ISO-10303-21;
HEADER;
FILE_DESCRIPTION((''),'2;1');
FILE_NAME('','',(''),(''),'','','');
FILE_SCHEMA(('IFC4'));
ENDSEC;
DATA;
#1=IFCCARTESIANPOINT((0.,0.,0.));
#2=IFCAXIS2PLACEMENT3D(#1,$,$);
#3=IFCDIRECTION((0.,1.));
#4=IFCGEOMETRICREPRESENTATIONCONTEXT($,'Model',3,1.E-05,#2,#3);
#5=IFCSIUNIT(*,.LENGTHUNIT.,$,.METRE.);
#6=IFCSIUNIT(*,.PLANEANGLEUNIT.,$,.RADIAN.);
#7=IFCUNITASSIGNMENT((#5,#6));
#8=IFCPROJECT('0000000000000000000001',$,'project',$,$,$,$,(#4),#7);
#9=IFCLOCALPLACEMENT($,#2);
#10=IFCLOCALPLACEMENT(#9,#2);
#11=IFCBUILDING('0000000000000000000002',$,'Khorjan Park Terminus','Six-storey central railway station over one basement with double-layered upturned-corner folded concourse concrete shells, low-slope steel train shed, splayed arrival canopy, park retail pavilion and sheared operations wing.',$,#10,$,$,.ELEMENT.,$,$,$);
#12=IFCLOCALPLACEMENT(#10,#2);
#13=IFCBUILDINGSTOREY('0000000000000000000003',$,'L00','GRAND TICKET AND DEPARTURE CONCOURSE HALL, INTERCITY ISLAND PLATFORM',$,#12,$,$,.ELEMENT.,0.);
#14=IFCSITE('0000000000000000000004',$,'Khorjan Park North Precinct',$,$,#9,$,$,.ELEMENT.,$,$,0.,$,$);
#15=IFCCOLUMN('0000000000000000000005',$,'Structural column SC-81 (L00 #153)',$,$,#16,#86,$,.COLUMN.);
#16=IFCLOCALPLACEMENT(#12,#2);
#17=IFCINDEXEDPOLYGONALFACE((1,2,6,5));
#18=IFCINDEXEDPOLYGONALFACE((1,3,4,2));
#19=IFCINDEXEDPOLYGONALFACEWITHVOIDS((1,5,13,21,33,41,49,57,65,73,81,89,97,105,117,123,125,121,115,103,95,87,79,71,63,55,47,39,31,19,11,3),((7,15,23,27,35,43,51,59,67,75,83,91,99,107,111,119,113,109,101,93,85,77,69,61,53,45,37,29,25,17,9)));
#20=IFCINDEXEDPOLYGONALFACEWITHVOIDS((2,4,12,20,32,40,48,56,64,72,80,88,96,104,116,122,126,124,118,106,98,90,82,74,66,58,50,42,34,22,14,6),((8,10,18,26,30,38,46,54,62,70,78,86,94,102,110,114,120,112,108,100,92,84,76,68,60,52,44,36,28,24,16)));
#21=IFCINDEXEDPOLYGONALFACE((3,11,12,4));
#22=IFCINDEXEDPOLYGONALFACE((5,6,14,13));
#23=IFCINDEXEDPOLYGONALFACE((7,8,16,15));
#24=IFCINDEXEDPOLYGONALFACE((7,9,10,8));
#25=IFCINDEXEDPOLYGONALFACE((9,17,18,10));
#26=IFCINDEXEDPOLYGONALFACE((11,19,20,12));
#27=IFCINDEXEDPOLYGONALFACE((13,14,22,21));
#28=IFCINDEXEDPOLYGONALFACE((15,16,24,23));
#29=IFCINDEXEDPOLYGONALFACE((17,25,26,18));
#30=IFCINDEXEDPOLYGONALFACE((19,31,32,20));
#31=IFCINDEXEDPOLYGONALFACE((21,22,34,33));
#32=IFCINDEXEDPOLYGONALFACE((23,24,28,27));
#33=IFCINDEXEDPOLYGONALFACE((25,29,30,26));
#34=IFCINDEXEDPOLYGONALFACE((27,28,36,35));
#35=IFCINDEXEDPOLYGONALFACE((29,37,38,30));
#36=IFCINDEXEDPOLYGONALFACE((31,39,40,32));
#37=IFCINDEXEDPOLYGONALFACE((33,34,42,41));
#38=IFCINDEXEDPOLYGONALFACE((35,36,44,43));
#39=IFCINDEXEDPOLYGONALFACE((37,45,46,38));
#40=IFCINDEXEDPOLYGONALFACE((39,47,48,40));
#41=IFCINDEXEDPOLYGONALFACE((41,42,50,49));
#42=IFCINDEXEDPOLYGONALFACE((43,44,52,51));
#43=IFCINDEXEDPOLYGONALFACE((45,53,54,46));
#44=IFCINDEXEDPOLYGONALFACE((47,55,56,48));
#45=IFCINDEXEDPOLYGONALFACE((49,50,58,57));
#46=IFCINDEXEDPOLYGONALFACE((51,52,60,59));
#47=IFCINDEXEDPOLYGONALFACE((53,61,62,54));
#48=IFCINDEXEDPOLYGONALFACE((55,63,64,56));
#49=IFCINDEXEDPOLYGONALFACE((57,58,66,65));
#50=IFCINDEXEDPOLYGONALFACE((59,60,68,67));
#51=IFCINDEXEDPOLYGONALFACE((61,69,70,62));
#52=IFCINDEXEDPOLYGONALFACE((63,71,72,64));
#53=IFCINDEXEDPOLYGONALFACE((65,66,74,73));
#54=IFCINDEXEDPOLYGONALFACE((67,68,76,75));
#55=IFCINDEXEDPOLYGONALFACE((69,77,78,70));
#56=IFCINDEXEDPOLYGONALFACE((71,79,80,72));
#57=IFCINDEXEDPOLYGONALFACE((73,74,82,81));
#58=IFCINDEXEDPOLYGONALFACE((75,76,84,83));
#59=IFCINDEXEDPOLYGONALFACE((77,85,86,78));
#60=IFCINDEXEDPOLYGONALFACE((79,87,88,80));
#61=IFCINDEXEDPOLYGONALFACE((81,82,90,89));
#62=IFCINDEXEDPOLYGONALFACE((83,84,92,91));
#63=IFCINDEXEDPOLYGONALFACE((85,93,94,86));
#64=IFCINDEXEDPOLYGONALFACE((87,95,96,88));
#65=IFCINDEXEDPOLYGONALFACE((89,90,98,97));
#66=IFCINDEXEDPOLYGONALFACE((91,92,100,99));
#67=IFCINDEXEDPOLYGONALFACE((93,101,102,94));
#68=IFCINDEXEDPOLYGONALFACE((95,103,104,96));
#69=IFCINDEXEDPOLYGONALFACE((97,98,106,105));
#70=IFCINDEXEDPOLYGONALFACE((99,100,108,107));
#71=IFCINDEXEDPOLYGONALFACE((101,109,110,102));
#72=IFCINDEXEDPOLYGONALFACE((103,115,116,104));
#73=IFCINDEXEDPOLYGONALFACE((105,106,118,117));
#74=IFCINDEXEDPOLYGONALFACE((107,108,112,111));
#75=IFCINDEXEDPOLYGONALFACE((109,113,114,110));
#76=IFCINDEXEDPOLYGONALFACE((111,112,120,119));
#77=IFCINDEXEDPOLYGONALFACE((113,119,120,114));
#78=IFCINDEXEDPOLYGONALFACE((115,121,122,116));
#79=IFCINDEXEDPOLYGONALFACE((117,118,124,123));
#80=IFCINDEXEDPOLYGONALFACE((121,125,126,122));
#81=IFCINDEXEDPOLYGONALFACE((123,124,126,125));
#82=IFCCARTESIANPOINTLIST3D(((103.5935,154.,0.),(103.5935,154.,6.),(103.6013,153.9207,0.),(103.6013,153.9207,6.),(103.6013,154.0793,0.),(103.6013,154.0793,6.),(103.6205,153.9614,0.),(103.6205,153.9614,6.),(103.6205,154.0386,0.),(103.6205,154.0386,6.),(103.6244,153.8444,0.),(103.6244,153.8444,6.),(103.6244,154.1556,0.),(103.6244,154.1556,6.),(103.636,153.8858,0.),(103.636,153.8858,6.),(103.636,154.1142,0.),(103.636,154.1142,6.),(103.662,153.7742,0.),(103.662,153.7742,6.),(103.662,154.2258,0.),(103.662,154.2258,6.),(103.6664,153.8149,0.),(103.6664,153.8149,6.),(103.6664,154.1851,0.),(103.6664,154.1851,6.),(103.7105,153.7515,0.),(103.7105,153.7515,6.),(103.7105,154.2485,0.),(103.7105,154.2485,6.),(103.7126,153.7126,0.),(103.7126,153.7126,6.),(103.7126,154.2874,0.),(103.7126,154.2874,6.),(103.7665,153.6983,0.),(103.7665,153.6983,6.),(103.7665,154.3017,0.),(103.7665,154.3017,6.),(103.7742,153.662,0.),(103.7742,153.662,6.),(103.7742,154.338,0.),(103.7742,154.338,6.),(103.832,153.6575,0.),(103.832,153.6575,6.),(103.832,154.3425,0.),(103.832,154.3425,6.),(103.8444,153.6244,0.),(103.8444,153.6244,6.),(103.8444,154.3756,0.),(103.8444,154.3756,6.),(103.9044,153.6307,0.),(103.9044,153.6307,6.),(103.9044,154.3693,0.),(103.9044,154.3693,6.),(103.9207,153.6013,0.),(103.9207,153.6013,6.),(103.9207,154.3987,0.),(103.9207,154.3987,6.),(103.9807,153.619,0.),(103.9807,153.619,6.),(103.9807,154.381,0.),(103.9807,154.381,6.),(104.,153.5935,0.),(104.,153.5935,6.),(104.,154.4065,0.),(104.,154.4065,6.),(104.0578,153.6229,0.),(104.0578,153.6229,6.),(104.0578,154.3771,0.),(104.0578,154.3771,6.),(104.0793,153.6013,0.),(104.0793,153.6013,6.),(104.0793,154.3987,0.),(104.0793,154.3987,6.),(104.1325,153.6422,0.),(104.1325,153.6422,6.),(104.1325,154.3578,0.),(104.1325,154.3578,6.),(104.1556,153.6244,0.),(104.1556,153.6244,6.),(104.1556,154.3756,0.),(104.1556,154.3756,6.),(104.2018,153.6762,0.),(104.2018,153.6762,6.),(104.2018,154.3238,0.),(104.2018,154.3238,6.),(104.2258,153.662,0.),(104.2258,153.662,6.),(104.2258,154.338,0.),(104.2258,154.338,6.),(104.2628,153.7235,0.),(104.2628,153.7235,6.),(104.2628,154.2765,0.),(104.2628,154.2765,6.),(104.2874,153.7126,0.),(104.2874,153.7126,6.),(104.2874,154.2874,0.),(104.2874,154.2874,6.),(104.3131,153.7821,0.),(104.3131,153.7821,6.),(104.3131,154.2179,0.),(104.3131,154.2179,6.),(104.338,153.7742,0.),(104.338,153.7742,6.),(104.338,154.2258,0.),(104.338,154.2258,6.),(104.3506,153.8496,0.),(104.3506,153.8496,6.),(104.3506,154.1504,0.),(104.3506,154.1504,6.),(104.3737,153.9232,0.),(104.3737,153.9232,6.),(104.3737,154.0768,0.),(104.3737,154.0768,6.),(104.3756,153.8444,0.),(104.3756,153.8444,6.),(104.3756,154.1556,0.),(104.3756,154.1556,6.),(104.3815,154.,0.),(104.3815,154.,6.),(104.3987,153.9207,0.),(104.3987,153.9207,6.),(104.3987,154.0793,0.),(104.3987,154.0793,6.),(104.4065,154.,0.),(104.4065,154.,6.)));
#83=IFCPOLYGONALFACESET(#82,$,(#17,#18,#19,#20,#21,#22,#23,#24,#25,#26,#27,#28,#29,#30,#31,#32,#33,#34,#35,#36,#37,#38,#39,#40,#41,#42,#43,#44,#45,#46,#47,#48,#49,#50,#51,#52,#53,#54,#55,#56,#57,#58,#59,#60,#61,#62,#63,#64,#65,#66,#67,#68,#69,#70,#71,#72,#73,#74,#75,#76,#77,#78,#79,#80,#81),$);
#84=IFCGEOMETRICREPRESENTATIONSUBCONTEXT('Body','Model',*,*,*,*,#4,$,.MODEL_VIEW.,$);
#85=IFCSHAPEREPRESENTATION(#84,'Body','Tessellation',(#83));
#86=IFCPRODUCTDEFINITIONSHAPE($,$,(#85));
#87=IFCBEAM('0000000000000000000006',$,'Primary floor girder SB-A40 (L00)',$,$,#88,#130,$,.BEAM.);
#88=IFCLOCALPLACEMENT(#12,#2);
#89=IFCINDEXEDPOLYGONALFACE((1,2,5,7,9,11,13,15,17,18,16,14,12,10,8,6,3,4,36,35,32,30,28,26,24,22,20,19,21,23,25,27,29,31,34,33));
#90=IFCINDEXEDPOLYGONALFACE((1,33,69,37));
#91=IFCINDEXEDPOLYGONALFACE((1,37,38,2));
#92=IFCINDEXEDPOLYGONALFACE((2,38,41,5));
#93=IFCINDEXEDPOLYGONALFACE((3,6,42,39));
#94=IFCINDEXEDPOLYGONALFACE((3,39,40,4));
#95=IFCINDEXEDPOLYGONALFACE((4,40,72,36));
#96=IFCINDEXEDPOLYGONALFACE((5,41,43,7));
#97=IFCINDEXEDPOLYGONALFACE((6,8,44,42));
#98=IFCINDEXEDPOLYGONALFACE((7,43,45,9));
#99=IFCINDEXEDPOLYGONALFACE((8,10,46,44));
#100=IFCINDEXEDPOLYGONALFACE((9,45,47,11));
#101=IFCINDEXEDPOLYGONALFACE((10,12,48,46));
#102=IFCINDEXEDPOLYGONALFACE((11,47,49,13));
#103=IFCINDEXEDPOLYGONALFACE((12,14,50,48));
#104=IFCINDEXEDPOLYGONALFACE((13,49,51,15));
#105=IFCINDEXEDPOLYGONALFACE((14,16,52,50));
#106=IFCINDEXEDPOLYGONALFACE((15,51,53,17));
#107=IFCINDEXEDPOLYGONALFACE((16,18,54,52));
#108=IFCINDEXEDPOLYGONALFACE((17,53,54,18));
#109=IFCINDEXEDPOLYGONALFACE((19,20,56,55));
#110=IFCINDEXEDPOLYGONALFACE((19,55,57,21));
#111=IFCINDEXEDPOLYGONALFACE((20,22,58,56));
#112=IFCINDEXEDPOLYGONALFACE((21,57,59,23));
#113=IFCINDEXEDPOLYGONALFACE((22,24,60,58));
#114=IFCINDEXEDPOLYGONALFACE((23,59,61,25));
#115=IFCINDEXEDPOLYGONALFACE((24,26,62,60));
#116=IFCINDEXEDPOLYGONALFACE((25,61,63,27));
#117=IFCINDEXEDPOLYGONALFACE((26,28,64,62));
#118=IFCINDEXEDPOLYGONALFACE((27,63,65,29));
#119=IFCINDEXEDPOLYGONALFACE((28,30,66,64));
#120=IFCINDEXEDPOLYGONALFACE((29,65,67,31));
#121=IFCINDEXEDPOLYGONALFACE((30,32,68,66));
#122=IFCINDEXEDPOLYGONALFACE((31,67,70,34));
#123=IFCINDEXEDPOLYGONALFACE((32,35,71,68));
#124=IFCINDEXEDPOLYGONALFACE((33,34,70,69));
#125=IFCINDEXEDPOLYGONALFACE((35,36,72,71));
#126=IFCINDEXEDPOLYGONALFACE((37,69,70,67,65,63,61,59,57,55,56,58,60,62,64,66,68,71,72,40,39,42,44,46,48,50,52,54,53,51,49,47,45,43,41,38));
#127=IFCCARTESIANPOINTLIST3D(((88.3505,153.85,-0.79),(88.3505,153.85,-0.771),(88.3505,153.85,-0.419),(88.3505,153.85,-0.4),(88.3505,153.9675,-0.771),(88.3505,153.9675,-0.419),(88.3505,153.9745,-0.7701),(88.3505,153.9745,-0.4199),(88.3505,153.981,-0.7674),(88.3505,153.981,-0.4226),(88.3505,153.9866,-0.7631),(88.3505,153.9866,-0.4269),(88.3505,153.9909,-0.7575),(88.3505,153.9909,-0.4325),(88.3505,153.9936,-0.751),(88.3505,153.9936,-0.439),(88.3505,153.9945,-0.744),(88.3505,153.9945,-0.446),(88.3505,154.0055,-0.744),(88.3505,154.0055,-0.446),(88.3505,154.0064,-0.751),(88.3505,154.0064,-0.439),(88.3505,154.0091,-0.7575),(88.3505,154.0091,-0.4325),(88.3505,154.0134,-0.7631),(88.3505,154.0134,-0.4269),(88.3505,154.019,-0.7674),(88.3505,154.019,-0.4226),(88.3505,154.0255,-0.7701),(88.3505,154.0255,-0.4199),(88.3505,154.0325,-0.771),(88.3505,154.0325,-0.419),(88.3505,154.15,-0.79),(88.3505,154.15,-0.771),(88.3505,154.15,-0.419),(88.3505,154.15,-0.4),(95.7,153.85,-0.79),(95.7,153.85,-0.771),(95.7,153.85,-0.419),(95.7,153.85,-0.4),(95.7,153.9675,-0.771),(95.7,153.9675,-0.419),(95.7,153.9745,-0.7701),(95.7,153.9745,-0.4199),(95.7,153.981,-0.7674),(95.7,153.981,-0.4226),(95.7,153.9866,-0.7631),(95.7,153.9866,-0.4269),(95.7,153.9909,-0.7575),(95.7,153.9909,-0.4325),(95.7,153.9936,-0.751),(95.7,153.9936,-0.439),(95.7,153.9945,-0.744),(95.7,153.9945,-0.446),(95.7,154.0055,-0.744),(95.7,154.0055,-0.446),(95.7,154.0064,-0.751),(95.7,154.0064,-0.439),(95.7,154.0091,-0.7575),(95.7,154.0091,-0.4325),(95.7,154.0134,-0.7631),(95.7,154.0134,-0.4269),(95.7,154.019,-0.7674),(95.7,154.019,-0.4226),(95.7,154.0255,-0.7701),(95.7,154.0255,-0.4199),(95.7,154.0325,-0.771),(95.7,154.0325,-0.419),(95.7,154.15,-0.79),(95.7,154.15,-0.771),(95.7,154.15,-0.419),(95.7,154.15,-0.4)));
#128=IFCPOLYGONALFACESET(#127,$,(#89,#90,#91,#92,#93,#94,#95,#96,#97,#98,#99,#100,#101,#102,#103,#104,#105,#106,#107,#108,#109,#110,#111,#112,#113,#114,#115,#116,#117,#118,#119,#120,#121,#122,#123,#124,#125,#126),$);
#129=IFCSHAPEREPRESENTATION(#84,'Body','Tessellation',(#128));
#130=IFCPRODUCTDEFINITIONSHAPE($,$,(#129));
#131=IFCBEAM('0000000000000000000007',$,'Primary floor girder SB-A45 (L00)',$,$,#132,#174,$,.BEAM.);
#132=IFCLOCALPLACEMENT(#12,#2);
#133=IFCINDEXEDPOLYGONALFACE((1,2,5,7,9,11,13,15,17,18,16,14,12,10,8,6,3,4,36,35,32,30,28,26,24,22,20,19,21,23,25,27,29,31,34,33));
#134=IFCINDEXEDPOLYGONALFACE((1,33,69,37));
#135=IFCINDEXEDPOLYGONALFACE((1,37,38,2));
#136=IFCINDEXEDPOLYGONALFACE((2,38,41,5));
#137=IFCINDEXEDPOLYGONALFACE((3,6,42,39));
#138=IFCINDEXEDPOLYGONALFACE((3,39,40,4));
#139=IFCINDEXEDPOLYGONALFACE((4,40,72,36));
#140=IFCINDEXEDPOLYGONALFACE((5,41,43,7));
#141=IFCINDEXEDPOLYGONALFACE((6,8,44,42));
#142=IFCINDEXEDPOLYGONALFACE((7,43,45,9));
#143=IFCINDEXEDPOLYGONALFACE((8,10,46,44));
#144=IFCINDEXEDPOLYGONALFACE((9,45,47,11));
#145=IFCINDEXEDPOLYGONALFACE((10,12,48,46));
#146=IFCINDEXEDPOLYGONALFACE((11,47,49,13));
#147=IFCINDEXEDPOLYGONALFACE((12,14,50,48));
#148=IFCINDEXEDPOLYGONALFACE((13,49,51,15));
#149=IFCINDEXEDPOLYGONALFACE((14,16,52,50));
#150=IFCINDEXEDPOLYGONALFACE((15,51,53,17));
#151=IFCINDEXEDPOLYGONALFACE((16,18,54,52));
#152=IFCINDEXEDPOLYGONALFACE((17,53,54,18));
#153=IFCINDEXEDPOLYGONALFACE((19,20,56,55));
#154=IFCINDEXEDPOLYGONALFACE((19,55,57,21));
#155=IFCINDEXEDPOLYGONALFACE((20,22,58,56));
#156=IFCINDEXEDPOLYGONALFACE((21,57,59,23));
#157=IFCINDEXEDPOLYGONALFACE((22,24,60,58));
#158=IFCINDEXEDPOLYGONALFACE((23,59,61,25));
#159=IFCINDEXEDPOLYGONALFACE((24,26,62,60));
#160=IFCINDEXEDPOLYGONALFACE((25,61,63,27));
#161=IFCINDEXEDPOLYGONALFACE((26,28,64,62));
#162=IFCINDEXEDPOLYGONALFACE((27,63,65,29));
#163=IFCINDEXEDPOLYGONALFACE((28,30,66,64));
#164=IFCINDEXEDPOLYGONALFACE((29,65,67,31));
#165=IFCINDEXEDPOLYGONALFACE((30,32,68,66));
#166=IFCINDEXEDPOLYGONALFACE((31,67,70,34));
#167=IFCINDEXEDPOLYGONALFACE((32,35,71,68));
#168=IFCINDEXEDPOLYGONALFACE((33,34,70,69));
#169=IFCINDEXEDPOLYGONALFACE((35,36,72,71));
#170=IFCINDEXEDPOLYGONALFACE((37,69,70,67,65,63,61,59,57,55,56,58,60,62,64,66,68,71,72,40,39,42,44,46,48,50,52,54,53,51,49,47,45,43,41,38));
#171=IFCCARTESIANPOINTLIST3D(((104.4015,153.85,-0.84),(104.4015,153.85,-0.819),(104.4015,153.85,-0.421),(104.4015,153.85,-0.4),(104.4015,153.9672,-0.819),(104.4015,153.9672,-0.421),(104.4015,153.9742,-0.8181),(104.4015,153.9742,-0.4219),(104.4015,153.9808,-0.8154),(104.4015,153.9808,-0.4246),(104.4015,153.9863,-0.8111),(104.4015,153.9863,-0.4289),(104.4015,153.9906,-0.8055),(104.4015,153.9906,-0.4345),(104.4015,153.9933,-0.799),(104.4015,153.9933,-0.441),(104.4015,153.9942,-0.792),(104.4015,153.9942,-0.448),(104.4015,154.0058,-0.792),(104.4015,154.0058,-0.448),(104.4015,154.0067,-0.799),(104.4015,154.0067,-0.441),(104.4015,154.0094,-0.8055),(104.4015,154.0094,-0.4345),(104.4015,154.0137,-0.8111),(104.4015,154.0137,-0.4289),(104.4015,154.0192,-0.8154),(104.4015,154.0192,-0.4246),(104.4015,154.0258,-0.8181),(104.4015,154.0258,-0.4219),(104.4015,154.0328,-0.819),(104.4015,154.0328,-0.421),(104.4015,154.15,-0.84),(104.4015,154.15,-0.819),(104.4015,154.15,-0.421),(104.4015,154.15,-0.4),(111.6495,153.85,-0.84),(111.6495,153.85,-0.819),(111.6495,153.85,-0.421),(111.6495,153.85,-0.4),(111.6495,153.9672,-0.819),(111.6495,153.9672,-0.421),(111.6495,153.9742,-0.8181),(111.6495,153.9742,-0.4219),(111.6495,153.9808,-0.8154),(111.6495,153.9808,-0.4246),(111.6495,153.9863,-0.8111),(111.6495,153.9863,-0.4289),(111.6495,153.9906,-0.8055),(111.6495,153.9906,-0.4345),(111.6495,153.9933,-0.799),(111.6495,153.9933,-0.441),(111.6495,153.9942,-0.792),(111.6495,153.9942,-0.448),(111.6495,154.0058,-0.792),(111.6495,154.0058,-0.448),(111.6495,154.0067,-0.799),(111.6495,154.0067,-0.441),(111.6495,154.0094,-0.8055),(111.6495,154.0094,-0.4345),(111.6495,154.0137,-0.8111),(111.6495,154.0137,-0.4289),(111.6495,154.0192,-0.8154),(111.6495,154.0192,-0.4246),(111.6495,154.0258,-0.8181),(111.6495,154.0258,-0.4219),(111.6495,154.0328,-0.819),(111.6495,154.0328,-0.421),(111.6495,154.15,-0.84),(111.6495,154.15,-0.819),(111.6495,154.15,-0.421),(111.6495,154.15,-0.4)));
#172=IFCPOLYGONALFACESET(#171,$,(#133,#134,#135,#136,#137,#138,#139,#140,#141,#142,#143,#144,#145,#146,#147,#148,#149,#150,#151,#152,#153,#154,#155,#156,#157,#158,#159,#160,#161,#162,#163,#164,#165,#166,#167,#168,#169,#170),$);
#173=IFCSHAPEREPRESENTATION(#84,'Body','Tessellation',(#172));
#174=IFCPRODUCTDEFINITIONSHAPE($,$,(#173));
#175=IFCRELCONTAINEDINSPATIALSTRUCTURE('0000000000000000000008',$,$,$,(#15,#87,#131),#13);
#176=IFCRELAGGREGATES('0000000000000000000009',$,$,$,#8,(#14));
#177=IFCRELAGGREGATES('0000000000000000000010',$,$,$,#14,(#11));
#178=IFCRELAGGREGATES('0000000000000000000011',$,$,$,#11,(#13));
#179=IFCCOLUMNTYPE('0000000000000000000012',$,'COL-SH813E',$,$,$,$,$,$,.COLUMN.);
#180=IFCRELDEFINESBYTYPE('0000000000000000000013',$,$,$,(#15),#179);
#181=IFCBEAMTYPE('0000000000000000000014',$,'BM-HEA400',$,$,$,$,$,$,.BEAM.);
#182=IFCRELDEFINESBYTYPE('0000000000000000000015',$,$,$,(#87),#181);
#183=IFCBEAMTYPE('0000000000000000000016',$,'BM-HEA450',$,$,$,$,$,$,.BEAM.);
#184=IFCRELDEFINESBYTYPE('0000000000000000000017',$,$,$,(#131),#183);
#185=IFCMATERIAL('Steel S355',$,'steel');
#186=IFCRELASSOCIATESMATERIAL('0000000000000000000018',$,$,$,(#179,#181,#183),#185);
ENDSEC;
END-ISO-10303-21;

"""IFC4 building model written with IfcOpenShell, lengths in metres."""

from ifc_helpers import new_model, si_unit, direction, frame, origin, origin_2d, place, context, subcontext, project, spatial, hollow_circle, i_section, extrude, material, material_profile, profile_set, type_object, element, save


model = new_model("IFC4")

# Units and contexts
model_context = context("Model", 3, precision=1e-05, world=origin(), true_north=direction((0.0, 1.0)))
body_context = subcontext(model_context, "Body", "Model", "MODEL_VIEW")
ifc_project = project(units=[si_unit("LENGTHUNIT", "METRE"), si_unit("PLANEANGLEUNIT", "RADIAN")], contexts=[model_context])

# Site, building, storey
site_placement = place(None, origin())
site = spatial("IfcSite", under=ifc_project, at=site_placement, Name="Khorjan Park North Precinct", CompositionType="ELEMENT", RefElevation=0.0)
building_placement = place(site_placement, origin())
building = spatial("IfcBuilding", under=site, at=building_placement, Name="Khorjan Park Terminus", Description="Six-storey central railway station over one basement with double-layered upturned-corner folded concourse concrete shells, low-slope steel train shed, splayed arrival canopy, park retail pavilion and sheared operations wing.", CompositionType="ELEMENT")
storey_placement = place(building_placement, origin())
storey = spatial("IfcBuildingStorey", under=building, at=storey_placement, Name="L00", Description="GRAND TICKET AND DEPARTURE CONCOURSE HALL, INTERCITY ISLAND PLATFORM", CompositionType="ELEMENT", Elevation=0.0)

# Column
ifc_material_1 = material(Name="Steel S355", Category="steel")
ifc_material_profile_1 = material_profile(ifc_material_1, hollow_circle(Radius=0.4065, WallThickness=0.025, at=origin_2d()), Name="CHS 813x25")
ifc_profile_set_1 = profile_set([ifc_material_profile_1], Name="Steel S355")
column_type_1 = type_object("IfcColumnType", Name="COL-SH813E", PredefinedType="COLUMN", material=ifc_profile_set_1)
column_1_placement = place(storey_placement, frame((104.0, 154.0, 0.0), z_axis=(0.0, 0.0, 1.0), x_axis=(1.0, 0.0, 0.0)))
element("IfcColumn", 1, at=column_1_placement, inside=storey, type_object=column_type_1, Name="Structural column SC-81 (L00 #153)", PredefinedType="COLUMN", context=body_context, shape_type="SweptSolid", body=[
    extrude(hollow_circle(Radius=0.4065, WallThickness=0.025, at=origin_2d()), origin(), (0.0, 0.0, 1.0), 6.0),
])

# Beams
ifc_material_profile_2 = material_profile(ifc_material_1, i_section(OverallWidth=0.3, OverallDepth=0.39, WebThickness=0.011, FlangeThickness=0.019, FilletRadius=0.027, at=origin_2d()), Name="HEA 400")
ifc_profile_set_2 = profile_set([ifc_material_profile_2], Name="Steel S355")
beam_type_1 = type_object("IfcBeamType", Name="BM-HEA400", PredefinedType="BEAM", material=ifc_profile_set_2)
beam_1_placement = place(storey_placement, frame((88.3505, 154.0, -0.595), z_axis=(1.0, 0.0, 0.0), x_axis=(0.0, 1.0, 0.0)))
element("IfcBeam", 2, at=beam_1_placement, inside=storey, type_object=beam_type_1, Name="Primary floor girder SB-A40 (L00)", PredefinedType="BEAM", context=body_context, shape_type="SweptSolid", body=[
    extrude(i_section(OverallWidth=0.3, OverallDepth=0.39, WebThickness=0.011, FlangeThickness=0.019, FilletRadius=0.027, at=origin_2d()), origin(), (0.0, 0.0, 1.0), 7.3495),
])
ifc_material_profile_3 = material_profile(ifc_material_1, i_section(OverallWidth=0.3, OverallDepth=0.44, WebThickness=0.0115, FlangeThickness=0.021, FilletRadius=0.027, at=origin_2d()), Name="HEA 450")
ifc_profile_set_3 = profile_set([ifc_material_profile_3], Name="Steel S355")
beam_type_2 = type_object("IfcBeamType", Name="BM-HEA450", PredefinedType="BEAM", material=ifc_profile_set_3)
beam_2_placement = place(storey_placement, frame((104.4015, 154.0, -0.62), z_axis=(1.0, 0.0, 0.0), x_axis=(0.0, 1.0, 0.0)))
element("IfcBeam", 3, at=beam_2_placement, inside=storey, type_object=beam_type_2, Name="Primary floor girder SB-A45 (L00)", PredefinedType="BEAM", context=body_context, shape_type="SweptSolid", body=[
    extrude(i_section(OverallWidth=0.3, OverallDepth=0.44, WebThickness=0.0115, FlangeThickness=0.021, FilletRadius=0.027, at=origin_2d()), origin(), (0.0, 0.0, 1.0), 7.248),
])

save(model, "model.ifc")
